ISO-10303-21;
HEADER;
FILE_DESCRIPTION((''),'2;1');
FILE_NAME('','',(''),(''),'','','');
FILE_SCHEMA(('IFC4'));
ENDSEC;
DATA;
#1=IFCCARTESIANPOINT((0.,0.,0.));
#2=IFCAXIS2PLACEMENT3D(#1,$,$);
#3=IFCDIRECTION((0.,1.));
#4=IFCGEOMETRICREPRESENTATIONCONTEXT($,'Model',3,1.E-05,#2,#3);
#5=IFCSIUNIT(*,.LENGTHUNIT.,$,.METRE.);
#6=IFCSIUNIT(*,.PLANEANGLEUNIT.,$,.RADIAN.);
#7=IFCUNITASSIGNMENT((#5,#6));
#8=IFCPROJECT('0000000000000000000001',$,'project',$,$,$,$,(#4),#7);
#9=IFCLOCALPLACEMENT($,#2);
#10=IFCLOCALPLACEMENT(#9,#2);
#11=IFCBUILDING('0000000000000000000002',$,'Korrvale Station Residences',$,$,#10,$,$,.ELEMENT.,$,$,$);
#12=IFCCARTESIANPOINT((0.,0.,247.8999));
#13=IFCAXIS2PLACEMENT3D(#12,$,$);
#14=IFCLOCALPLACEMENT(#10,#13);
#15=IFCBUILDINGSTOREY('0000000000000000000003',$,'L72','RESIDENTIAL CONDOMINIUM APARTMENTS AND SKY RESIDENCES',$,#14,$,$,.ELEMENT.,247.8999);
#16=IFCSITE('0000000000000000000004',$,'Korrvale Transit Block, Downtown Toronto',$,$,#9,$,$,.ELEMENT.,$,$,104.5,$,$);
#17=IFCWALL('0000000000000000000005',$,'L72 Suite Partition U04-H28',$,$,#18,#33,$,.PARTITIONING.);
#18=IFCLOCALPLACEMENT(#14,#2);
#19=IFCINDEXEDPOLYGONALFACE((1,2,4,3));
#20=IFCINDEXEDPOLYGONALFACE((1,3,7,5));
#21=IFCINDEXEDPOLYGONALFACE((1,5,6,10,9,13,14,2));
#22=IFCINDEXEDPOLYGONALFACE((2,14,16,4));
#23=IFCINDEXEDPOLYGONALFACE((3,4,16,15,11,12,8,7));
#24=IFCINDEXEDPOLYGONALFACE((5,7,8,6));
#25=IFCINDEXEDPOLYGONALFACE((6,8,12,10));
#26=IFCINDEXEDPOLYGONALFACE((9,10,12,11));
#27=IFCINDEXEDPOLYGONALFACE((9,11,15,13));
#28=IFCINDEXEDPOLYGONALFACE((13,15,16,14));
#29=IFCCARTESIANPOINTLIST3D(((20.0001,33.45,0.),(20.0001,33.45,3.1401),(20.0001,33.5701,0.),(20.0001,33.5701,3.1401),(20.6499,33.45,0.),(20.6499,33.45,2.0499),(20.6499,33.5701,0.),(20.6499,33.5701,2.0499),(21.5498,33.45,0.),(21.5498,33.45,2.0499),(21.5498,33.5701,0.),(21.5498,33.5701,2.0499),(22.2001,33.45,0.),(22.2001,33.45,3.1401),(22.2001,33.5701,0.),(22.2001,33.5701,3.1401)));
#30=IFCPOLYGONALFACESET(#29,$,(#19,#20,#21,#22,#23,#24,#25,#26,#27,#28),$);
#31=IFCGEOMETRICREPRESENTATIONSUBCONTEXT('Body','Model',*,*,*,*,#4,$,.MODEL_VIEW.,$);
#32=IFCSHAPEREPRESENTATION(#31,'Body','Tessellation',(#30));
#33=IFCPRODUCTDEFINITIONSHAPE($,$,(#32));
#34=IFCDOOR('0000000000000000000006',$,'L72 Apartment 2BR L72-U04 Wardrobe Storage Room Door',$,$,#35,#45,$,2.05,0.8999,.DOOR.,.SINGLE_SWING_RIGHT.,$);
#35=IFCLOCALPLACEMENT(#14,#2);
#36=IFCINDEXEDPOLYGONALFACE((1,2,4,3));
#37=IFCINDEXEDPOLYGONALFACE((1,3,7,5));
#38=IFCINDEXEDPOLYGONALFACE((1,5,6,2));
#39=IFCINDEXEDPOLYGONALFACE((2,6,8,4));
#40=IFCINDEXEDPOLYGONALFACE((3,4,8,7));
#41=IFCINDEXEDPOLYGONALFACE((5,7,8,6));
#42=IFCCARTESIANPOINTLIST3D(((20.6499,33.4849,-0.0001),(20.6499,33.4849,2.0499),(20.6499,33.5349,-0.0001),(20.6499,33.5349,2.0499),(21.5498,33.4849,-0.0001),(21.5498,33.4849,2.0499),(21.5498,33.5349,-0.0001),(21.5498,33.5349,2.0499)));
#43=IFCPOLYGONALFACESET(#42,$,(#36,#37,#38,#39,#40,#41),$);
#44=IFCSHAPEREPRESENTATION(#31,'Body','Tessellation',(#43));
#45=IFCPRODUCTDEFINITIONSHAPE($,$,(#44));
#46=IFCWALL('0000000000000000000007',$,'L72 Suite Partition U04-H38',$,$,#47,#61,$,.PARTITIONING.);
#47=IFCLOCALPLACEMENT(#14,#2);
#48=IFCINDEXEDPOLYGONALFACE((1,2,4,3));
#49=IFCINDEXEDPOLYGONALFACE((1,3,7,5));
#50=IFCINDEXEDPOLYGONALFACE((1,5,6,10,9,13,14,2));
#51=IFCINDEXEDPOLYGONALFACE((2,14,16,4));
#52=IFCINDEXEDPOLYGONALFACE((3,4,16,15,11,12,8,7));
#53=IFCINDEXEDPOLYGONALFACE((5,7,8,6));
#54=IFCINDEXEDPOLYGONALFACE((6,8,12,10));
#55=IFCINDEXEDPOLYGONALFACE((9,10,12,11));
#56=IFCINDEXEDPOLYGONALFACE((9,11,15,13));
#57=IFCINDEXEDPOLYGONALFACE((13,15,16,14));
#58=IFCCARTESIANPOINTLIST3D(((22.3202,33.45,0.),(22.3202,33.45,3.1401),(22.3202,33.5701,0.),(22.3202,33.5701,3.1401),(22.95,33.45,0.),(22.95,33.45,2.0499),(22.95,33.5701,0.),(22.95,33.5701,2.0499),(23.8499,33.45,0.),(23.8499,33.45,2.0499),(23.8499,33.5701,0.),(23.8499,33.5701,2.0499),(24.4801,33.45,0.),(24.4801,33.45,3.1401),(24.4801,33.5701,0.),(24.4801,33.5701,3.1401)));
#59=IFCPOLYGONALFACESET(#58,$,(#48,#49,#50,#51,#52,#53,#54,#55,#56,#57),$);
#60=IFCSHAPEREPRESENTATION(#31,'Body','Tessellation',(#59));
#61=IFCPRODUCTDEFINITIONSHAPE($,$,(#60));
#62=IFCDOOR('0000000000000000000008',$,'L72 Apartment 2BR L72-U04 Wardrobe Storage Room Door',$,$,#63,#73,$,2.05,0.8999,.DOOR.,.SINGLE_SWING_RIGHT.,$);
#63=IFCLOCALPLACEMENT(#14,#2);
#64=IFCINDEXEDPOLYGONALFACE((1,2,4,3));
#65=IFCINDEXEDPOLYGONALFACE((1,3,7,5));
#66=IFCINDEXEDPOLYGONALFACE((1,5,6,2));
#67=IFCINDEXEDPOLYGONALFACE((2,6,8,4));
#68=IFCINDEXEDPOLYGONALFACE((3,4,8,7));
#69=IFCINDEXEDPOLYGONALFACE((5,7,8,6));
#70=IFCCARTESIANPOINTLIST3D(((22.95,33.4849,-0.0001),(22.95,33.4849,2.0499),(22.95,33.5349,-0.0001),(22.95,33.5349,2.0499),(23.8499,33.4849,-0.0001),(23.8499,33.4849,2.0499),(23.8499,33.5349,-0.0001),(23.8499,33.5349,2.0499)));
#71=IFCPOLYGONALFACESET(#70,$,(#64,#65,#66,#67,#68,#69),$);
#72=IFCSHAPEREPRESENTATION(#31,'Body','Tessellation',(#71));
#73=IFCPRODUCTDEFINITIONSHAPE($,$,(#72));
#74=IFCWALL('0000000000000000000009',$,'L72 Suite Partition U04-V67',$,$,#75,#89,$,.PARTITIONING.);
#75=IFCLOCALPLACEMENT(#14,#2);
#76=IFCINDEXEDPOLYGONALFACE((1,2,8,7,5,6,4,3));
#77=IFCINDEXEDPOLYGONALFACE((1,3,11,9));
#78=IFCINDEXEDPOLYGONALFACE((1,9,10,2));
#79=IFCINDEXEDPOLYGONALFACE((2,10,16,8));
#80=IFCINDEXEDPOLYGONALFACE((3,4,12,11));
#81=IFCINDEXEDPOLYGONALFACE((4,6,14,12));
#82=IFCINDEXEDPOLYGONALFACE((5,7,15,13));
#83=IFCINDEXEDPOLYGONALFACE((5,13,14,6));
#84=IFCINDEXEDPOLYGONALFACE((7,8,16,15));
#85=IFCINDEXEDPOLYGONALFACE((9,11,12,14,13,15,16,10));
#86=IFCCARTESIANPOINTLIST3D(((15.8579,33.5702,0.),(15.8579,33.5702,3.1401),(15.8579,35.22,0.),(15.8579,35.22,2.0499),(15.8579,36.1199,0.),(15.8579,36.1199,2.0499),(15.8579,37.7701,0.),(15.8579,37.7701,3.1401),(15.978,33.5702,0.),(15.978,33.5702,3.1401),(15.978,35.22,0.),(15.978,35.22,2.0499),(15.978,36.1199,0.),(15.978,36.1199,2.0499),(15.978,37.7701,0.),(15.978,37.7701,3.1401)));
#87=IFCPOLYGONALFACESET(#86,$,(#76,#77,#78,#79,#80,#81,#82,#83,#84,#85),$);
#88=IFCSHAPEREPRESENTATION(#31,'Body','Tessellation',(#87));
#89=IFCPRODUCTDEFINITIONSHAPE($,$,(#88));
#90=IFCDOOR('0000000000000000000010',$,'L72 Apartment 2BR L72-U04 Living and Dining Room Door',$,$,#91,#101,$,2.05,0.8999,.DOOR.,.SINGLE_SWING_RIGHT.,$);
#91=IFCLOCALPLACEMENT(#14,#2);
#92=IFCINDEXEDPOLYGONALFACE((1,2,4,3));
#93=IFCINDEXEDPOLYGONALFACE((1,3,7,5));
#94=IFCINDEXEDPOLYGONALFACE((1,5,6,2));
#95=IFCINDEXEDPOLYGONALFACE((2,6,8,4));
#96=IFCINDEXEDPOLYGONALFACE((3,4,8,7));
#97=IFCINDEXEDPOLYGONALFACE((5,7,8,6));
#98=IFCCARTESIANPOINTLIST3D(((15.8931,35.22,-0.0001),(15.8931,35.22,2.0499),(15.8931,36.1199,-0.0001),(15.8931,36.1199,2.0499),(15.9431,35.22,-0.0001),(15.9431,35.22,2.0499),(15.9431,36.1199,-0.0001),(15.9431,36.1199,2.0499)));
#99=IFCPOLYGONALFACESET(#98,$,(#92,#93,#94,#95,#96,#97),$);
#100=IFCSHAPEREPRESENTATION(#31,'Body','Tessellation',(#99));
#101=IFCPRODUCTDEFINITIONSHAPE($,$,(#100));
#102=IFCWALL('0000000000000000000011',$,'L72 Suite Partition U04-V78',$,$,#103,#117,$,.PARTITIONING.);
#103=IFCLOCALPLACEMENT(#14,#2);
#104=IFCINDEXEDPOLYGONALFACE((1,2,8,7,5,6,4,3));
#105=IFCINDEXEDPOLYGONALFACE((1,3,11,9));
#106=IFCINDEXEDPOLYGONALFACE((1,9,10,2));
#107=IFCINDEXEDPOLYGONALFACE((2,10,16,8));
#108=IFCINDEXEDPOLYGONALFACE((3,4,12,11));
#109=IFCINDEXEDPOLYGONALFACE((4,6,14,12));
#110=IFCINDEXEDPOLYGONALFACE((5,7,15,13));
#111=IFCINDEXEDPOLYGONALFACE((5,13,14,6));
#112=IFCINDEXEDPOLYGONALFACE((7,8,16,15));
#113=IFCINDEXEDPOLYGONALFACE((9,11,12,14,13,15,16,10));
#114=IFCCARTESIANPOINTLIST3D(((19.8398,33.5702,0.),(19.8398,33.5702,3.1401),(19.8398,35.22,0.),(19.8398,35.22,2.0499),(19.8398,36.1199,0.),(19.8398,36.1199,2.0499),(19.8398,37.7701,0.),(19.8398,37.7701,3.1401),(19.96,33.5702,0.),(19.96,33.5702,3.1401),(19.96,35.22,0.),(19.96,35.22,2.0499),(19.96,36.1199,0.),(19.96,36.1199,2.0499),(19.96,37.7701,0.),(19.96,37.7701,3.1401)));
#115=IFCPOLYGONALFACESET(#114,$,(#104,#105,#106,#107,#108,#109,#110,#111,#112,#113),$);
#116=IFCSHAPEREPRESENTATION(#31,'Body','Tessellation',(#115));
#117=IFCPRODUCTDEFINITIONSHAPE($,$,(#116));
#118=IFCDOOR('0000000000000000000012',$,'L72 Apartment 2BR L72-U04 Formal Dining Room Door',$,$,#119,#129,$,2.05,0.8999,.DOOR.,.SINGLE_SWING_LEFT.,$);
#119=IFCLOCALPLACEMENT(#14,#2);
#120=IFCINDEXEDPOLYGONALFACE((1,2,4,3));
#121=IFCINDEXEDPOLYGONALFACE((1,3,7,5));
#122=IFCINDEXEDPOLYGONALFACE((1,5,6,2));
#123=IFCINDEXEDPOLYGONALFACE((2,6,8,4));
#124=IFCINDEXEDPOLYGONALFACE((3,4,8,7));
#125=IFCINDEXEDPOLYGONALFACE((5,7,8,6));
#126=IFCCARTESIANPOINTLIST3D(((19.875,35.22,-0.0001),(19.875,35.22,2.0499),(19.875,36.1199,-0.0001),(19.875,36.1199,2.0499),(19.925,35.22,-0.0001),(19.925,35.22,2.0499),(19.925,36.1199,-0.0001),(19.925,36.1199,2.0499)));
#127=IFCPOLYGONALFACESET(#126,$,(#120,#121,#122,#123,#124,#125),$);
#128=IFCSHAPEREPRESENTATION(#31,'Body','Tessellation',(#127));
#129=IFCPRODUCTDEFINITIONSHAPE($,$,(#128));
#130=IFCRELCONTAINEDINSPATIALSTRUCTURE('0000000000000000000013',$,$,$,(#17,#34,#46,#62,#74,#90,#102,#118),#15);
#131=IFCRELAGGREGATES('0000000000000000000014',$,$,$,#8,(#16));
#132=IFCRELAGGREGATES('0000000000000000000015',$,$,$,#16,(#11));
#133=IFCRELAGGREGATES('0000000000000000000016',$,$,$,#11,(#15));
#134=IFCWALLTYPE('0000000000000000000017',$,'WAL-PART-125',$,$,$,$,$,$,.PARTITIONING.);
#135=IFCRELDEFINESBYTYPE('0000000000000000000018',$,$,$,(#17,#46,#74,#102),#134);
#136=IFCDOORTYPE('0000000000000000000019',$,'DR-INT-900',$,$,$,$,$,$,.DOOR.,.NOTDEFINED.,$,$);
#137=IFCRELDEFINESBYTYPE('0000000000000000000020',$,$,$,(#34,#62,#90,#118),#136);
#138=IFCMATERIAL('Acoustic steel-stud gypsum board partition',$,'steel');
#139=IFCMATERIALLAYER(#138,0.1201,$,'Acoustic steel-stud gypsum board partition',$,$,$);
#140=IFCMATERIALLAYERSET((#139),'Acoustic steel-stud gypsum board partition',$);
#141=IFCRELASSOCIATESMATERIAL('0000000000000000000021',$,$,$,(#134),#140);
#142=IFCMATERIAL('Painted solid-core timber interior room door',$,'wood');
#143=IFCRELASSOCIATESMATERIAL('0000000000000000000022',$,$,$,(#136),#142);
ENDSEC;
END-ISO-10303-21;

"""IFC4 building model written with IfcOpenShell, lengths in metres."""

from ifc_helpers import new_model, si_unit, direction, frame, frame_2d, origin, place, context, subcontext, project, spatial, rectangle, extrude, material, layer, layer_set, type_object, element, fill, save


model = new_model("IFC4")

# Units and contexts
model_context = context("Model", 3, precision=1e-05, world=origin(), true_north=direction((0.0, 1.0)))
body_context = subcontext(model_context, "Body", "Model", "MODEL_VIEW")
ifc_project = project(units=[si_unit("LENGTHUNIT", "METRE"), si_unit("PLANEANGLEUNIT", "RADIAN")], contexts=[model_context])

# Site, building, storey
site_placement = place(None, origin())
site = spatial("IfcSite", under=ifc_project, at=site_placement, Name="Korrvale Transit Block, Downtown Toronto", CompositionType="ELEMENT", RefElevation=104.5)
building_placement = place(site_placement, origin())
building = spatial("IfcBuilding", under=site, at=building_placement, Name="Korrvale Station Residences", CompositionType="ELEMENT")
storey_placement = place(building_placement, frame((0.0, 0.0, 247.8999)))
storey = spatial("IfcBuildingStorey", under=building, at=storey_placement, Name="L72", Description="RESIDENTIAL CONDOMINIUM APARTMENTS AND SKY RESIDENCES", CompositionType="ELEMENT", Elevation=247.8999)

# Walls, openings, doors
ifc_material_1 = material(Name="Acoustic steel-stud gypsum board partition", Category="steel")
ifc_layer = layer(ifc_material_1, 0.1201, Name="Acoustic steel-stud gypsum board partition")
ifc_layer_set = layer_set([ifc_layer], Name="Acoustic steel-stud gypsum board partition")
wall_type = type_object("IfcWallType", Name="WAL-PART-125", PredefinedType="PARTITIONING", material=ifc_layer_set)
ifc_material_2 = material(Name="Painted solid-core timber interior room door", Category="wood")
door_type_1 = type_object("IfcDoorType", Name="DR-INT-900", OperationType="NOTDEFINED", PredefinedType="DOOR", material=ifc_material_2)
wall_1_placement = place(storey_placement, frame((20.0, 33.51, 0.0), z_axis=(0.0, 0.0, 1.0), x_axis=(1.0, 0.0, 0.0)))
wall_1 = element("IfcWall", 1, at=wall_1_placement, inside=storey, type_object=wall_type, Name="L72 Suite Partition U04-H28", PredefinedType="PARTITIONING", context=body_context, shape_type="SweptSolid", body=[
    extrude(rectangle(XDim=2.2, YDim=0.1201, at=frame_2d((1.1001, 0.0))), origin(), (0.0, 0.0, 1.0), 3.1401),
])
opening_1_placement = place(wall_1_placement, frame((0.6499, 0.0, 0.0)))
opening_1 = element("IfcOpeningElement", 2, at=opening_1_placement, cuts=wall_1, PredefinedType="OPENING", context=body_context, shape_type="SweptSolid", body=[
    extrude(rectangle(XDim=0.8999, YDim=2.05, at=frame_2d((0.45, 1.0249))), frame((0.0, 0.0701, 0.0), z_axis=(0.0, -1.0, 0.0), x_axis=(1.0, 0.0, 0.0)), (0.0, 0.0, 1.0), 0.1401),
])
door_1_placement = place(opening_1_placement, origin())
door_1 = element("IfcDoor", 3, at=door_1_placement, inside=storey, type_object=door_type_1, Name="L72 Apartment 2BR L72-U04 Wardrobe Storage Room Door", OperationType="SINGLE_SWING_RIGHT", OverallHeight=2.05, OverallWidth=0.8999, PredefinedType="DOOR", context=body_context, shape_type="SweptSolid", body=[
    extrude(rectangle(XDim=0.8999, YDim=2.05, at=frame_2d((0.45, 1.0249))), frame((0.0, 0.0249, 0.0), z_axis=(0.0, -1.0, 0.0), x_axis=(1.0, 0.0, 0.0)), (0.0, 0.0, 1.0), 0.05),
])
fill(opening_1, door_1)
wall_2_placement = place(storey_placement, frame((22.3201, 33.51, 0.0), z_axis=(0.0, 0.0, 1.0), x_axis=(1.0, 0.0, 0.0)))
wall_2 = element("IfcWall", 4, at=wall_2_placement, inside=storey, type_object=wall_type, Name="L72 Suite Partition U04-H38", PredefinedType="PARTITIONING", context=body_context, shape_type="SweptSolid", body=[
    extrude(rectangle(XDim=2.1599, YDim=0.1201, at=frame_2d((1.0801, 0.0))), origin(), (0.0, 0.0, 1.0), 3.1401),
])
opening_2_placement = place(wall_2_placement, frame((0.6299, 0.0, 0.0)))
opening_2 = element("IfcOpeningElement", 5, at=opening_2_placement, cuts=wall_2, PredefinedType="OPENING", context=body_context, shape_type="SweptSolid", body=[
    extrude(rectangle(XDim=0.8999, YDim=2.05, at=frame_2d((0.45, 1.0249))), frame((0.0, 0.0701, 0.0), z_axis=(0.0, -1.0, 0.0), x_axis=(1.0, 0.0, 0.0)), (0.0, 0.0, 1.0), 0.1401),
])
door_2_placement = place(opening_2_placement, origin())
door_2 = element("IfcDoor", 6, at=door_2_placement, inside=storey, type_object=door_type_1, Name="L72 Apartment 2BR L72-U04 Wardrobe Storage Room Door", OperationType="SINGLE_SWING_RIGHT", OverallHeight=2.05, OverallWidth=0.8999, PredefinedType="DOOR", context=body_context, shape_type="SweptSolid", body=[
    extrude(rectangle(XDim=0.8999, YDim=2.05, at=frame_2d((0.45, 1.0249))), frame((0.0, 0.0249, 0.0), z_axis=(0.0, -1.0, 0.0), x_axis=(1.0, 0.0, 0.0)), (0.0, 0.0, 1.0), 0.05),
])
fill(opening_2, door_2)
wall_3_placement = place(storey_placement, frame((15.918, 33.5701, 0.0), z_axis=(0.0, 0.0, 1.0), x_axis=(0.0, 1.0, 0.0)))
wall_3 = element("IfcWall", 7, at=wall_3_placement, inside=storey, type_object=wall_type, Name="L72 Suite Partition U04-V67", PredefinedType="PARTITIONING", context=body_context, shape_type="SweptSolid", body=[
    extrude(rectangle(XDim=4.2, YDim=0.1201, at=frame_2d((2.1001, 0.0))), origin(), (0.0, 0.0, 1.0), 3.1401),
])
opening_3_placement = place(wall_3_placement, frame((1.6499, 0.0, 0.0)))
opening_3 = element("IfcOpeningElement", 8, at=opening_3_placement, cuts=wall_3, PredefinedType="OPENING", context=body_context, shape_type="SweptSolid", body=[
    extrude(rectangle(XDim=0.8999, YDim=2.05, at=frame_2d((0.45, 1.0249))), frame((0.0, 0.0701, 0.0), z_axis=(0.0, -1.0, 0.0), x_axis=(1.0, 0.0, 0.0)), (0.0, 0.0, 1.0), 0.1401),
])
door_3_placement = place(opening_3_placement, origin())
door_3 = element("IfcDoor", 9, at=door_3_placement, inside=storey, type_object=door_type_1, Name="L72 Apartment 2BR L72-U04 Living and Dining Room Door", OperationType="SINGLE_SWING_RIGHT", OverallHeight=2.05, OverallWidth=0.8999, PredefinedType="DOOR", context=body_context, shape_type="SweptSolid", body=[
    extrude(rectangle(XDim=0.8999, YDim=2.05, at=frame_2d((0.45, 1.0249))), frame((0.0, 0.0249, 0.0), z_axis=(0.0, -1.0, 0.0), x_axis=(1.0, 0.0, 0.0)), (0.0, 0.0, 1.0), 0.05),
])
fill(opening_3, door_3)
wall_4_placement = place(storey_placement, frame((19.8999, 33.5701, 0.0), z_axis=(0.0, 0.0, 1.0), x_axis=(0.0, 1.0, 0.0)))
wall_4 = element("IfcWall", 10, at=wall_4_placement, inside=storey, type_object=wall_type, Name="L72 Suite Partition U04-V78", PredefinedType="PARTITIONING", context=body_context, shape_type="SweptSolid", body=[
    extrude(rectangle(XDim=4.2, YDim=0.1201, at=frame_2d((2.1001, 0.0))), origin(), (0.0, 0.0, 1.0), 3.1401),
])
opening_4_placement = place(wall_4_placement, frame((1.6499, 0.0, 0.0)))
opening_4 = element("IfcOpeningElement", 11, at=opening_4_placement, cuts=wall_4, PredefinedType="OPENING", context=body_context, shape_type="SweptSolid", body=[
    extrude(rectangle(XDim=0.8999, YDim=2.05, at=frame_2d((0.45, 1.0249))), frame((0.0, 0.0701, 0.0), z_axis=(0.0, -1.0, 0.0), x_axis=(1.0, 0.0, 0.0)), (0.0, 0.0, 1.0), 0.1401),
])
door_4_placement = place(opening_4_placement, origin())
door_4 = element("IfcDoor", 12, at=door_4_placement, inside=storey, type_object=door_type_1, Name="L72 Apartment 2BR L72-U04 Formal Dining Room Door", OperationType="SINGLE_SWING_LEFT", OverallHeight=2.05, OverallWidth=0.8999, PredefinedType="DOOR", context=body_context, shape_type="SweptSolid", body=[
    extrude(rectangle(XDim=0.8999, YDim=2.05, at=frame_2d((0.45, 1.0249))), frame((0.0, 0.0249, 0.0), z_axis=(0.0, -1.0, 0.0), x_axis=(1.0, 0.0, 0.0)), (0.0, 0.0, 1.0), 0.05),
])
fill(opening_4, door_4)

save(model, "model.ifc")
